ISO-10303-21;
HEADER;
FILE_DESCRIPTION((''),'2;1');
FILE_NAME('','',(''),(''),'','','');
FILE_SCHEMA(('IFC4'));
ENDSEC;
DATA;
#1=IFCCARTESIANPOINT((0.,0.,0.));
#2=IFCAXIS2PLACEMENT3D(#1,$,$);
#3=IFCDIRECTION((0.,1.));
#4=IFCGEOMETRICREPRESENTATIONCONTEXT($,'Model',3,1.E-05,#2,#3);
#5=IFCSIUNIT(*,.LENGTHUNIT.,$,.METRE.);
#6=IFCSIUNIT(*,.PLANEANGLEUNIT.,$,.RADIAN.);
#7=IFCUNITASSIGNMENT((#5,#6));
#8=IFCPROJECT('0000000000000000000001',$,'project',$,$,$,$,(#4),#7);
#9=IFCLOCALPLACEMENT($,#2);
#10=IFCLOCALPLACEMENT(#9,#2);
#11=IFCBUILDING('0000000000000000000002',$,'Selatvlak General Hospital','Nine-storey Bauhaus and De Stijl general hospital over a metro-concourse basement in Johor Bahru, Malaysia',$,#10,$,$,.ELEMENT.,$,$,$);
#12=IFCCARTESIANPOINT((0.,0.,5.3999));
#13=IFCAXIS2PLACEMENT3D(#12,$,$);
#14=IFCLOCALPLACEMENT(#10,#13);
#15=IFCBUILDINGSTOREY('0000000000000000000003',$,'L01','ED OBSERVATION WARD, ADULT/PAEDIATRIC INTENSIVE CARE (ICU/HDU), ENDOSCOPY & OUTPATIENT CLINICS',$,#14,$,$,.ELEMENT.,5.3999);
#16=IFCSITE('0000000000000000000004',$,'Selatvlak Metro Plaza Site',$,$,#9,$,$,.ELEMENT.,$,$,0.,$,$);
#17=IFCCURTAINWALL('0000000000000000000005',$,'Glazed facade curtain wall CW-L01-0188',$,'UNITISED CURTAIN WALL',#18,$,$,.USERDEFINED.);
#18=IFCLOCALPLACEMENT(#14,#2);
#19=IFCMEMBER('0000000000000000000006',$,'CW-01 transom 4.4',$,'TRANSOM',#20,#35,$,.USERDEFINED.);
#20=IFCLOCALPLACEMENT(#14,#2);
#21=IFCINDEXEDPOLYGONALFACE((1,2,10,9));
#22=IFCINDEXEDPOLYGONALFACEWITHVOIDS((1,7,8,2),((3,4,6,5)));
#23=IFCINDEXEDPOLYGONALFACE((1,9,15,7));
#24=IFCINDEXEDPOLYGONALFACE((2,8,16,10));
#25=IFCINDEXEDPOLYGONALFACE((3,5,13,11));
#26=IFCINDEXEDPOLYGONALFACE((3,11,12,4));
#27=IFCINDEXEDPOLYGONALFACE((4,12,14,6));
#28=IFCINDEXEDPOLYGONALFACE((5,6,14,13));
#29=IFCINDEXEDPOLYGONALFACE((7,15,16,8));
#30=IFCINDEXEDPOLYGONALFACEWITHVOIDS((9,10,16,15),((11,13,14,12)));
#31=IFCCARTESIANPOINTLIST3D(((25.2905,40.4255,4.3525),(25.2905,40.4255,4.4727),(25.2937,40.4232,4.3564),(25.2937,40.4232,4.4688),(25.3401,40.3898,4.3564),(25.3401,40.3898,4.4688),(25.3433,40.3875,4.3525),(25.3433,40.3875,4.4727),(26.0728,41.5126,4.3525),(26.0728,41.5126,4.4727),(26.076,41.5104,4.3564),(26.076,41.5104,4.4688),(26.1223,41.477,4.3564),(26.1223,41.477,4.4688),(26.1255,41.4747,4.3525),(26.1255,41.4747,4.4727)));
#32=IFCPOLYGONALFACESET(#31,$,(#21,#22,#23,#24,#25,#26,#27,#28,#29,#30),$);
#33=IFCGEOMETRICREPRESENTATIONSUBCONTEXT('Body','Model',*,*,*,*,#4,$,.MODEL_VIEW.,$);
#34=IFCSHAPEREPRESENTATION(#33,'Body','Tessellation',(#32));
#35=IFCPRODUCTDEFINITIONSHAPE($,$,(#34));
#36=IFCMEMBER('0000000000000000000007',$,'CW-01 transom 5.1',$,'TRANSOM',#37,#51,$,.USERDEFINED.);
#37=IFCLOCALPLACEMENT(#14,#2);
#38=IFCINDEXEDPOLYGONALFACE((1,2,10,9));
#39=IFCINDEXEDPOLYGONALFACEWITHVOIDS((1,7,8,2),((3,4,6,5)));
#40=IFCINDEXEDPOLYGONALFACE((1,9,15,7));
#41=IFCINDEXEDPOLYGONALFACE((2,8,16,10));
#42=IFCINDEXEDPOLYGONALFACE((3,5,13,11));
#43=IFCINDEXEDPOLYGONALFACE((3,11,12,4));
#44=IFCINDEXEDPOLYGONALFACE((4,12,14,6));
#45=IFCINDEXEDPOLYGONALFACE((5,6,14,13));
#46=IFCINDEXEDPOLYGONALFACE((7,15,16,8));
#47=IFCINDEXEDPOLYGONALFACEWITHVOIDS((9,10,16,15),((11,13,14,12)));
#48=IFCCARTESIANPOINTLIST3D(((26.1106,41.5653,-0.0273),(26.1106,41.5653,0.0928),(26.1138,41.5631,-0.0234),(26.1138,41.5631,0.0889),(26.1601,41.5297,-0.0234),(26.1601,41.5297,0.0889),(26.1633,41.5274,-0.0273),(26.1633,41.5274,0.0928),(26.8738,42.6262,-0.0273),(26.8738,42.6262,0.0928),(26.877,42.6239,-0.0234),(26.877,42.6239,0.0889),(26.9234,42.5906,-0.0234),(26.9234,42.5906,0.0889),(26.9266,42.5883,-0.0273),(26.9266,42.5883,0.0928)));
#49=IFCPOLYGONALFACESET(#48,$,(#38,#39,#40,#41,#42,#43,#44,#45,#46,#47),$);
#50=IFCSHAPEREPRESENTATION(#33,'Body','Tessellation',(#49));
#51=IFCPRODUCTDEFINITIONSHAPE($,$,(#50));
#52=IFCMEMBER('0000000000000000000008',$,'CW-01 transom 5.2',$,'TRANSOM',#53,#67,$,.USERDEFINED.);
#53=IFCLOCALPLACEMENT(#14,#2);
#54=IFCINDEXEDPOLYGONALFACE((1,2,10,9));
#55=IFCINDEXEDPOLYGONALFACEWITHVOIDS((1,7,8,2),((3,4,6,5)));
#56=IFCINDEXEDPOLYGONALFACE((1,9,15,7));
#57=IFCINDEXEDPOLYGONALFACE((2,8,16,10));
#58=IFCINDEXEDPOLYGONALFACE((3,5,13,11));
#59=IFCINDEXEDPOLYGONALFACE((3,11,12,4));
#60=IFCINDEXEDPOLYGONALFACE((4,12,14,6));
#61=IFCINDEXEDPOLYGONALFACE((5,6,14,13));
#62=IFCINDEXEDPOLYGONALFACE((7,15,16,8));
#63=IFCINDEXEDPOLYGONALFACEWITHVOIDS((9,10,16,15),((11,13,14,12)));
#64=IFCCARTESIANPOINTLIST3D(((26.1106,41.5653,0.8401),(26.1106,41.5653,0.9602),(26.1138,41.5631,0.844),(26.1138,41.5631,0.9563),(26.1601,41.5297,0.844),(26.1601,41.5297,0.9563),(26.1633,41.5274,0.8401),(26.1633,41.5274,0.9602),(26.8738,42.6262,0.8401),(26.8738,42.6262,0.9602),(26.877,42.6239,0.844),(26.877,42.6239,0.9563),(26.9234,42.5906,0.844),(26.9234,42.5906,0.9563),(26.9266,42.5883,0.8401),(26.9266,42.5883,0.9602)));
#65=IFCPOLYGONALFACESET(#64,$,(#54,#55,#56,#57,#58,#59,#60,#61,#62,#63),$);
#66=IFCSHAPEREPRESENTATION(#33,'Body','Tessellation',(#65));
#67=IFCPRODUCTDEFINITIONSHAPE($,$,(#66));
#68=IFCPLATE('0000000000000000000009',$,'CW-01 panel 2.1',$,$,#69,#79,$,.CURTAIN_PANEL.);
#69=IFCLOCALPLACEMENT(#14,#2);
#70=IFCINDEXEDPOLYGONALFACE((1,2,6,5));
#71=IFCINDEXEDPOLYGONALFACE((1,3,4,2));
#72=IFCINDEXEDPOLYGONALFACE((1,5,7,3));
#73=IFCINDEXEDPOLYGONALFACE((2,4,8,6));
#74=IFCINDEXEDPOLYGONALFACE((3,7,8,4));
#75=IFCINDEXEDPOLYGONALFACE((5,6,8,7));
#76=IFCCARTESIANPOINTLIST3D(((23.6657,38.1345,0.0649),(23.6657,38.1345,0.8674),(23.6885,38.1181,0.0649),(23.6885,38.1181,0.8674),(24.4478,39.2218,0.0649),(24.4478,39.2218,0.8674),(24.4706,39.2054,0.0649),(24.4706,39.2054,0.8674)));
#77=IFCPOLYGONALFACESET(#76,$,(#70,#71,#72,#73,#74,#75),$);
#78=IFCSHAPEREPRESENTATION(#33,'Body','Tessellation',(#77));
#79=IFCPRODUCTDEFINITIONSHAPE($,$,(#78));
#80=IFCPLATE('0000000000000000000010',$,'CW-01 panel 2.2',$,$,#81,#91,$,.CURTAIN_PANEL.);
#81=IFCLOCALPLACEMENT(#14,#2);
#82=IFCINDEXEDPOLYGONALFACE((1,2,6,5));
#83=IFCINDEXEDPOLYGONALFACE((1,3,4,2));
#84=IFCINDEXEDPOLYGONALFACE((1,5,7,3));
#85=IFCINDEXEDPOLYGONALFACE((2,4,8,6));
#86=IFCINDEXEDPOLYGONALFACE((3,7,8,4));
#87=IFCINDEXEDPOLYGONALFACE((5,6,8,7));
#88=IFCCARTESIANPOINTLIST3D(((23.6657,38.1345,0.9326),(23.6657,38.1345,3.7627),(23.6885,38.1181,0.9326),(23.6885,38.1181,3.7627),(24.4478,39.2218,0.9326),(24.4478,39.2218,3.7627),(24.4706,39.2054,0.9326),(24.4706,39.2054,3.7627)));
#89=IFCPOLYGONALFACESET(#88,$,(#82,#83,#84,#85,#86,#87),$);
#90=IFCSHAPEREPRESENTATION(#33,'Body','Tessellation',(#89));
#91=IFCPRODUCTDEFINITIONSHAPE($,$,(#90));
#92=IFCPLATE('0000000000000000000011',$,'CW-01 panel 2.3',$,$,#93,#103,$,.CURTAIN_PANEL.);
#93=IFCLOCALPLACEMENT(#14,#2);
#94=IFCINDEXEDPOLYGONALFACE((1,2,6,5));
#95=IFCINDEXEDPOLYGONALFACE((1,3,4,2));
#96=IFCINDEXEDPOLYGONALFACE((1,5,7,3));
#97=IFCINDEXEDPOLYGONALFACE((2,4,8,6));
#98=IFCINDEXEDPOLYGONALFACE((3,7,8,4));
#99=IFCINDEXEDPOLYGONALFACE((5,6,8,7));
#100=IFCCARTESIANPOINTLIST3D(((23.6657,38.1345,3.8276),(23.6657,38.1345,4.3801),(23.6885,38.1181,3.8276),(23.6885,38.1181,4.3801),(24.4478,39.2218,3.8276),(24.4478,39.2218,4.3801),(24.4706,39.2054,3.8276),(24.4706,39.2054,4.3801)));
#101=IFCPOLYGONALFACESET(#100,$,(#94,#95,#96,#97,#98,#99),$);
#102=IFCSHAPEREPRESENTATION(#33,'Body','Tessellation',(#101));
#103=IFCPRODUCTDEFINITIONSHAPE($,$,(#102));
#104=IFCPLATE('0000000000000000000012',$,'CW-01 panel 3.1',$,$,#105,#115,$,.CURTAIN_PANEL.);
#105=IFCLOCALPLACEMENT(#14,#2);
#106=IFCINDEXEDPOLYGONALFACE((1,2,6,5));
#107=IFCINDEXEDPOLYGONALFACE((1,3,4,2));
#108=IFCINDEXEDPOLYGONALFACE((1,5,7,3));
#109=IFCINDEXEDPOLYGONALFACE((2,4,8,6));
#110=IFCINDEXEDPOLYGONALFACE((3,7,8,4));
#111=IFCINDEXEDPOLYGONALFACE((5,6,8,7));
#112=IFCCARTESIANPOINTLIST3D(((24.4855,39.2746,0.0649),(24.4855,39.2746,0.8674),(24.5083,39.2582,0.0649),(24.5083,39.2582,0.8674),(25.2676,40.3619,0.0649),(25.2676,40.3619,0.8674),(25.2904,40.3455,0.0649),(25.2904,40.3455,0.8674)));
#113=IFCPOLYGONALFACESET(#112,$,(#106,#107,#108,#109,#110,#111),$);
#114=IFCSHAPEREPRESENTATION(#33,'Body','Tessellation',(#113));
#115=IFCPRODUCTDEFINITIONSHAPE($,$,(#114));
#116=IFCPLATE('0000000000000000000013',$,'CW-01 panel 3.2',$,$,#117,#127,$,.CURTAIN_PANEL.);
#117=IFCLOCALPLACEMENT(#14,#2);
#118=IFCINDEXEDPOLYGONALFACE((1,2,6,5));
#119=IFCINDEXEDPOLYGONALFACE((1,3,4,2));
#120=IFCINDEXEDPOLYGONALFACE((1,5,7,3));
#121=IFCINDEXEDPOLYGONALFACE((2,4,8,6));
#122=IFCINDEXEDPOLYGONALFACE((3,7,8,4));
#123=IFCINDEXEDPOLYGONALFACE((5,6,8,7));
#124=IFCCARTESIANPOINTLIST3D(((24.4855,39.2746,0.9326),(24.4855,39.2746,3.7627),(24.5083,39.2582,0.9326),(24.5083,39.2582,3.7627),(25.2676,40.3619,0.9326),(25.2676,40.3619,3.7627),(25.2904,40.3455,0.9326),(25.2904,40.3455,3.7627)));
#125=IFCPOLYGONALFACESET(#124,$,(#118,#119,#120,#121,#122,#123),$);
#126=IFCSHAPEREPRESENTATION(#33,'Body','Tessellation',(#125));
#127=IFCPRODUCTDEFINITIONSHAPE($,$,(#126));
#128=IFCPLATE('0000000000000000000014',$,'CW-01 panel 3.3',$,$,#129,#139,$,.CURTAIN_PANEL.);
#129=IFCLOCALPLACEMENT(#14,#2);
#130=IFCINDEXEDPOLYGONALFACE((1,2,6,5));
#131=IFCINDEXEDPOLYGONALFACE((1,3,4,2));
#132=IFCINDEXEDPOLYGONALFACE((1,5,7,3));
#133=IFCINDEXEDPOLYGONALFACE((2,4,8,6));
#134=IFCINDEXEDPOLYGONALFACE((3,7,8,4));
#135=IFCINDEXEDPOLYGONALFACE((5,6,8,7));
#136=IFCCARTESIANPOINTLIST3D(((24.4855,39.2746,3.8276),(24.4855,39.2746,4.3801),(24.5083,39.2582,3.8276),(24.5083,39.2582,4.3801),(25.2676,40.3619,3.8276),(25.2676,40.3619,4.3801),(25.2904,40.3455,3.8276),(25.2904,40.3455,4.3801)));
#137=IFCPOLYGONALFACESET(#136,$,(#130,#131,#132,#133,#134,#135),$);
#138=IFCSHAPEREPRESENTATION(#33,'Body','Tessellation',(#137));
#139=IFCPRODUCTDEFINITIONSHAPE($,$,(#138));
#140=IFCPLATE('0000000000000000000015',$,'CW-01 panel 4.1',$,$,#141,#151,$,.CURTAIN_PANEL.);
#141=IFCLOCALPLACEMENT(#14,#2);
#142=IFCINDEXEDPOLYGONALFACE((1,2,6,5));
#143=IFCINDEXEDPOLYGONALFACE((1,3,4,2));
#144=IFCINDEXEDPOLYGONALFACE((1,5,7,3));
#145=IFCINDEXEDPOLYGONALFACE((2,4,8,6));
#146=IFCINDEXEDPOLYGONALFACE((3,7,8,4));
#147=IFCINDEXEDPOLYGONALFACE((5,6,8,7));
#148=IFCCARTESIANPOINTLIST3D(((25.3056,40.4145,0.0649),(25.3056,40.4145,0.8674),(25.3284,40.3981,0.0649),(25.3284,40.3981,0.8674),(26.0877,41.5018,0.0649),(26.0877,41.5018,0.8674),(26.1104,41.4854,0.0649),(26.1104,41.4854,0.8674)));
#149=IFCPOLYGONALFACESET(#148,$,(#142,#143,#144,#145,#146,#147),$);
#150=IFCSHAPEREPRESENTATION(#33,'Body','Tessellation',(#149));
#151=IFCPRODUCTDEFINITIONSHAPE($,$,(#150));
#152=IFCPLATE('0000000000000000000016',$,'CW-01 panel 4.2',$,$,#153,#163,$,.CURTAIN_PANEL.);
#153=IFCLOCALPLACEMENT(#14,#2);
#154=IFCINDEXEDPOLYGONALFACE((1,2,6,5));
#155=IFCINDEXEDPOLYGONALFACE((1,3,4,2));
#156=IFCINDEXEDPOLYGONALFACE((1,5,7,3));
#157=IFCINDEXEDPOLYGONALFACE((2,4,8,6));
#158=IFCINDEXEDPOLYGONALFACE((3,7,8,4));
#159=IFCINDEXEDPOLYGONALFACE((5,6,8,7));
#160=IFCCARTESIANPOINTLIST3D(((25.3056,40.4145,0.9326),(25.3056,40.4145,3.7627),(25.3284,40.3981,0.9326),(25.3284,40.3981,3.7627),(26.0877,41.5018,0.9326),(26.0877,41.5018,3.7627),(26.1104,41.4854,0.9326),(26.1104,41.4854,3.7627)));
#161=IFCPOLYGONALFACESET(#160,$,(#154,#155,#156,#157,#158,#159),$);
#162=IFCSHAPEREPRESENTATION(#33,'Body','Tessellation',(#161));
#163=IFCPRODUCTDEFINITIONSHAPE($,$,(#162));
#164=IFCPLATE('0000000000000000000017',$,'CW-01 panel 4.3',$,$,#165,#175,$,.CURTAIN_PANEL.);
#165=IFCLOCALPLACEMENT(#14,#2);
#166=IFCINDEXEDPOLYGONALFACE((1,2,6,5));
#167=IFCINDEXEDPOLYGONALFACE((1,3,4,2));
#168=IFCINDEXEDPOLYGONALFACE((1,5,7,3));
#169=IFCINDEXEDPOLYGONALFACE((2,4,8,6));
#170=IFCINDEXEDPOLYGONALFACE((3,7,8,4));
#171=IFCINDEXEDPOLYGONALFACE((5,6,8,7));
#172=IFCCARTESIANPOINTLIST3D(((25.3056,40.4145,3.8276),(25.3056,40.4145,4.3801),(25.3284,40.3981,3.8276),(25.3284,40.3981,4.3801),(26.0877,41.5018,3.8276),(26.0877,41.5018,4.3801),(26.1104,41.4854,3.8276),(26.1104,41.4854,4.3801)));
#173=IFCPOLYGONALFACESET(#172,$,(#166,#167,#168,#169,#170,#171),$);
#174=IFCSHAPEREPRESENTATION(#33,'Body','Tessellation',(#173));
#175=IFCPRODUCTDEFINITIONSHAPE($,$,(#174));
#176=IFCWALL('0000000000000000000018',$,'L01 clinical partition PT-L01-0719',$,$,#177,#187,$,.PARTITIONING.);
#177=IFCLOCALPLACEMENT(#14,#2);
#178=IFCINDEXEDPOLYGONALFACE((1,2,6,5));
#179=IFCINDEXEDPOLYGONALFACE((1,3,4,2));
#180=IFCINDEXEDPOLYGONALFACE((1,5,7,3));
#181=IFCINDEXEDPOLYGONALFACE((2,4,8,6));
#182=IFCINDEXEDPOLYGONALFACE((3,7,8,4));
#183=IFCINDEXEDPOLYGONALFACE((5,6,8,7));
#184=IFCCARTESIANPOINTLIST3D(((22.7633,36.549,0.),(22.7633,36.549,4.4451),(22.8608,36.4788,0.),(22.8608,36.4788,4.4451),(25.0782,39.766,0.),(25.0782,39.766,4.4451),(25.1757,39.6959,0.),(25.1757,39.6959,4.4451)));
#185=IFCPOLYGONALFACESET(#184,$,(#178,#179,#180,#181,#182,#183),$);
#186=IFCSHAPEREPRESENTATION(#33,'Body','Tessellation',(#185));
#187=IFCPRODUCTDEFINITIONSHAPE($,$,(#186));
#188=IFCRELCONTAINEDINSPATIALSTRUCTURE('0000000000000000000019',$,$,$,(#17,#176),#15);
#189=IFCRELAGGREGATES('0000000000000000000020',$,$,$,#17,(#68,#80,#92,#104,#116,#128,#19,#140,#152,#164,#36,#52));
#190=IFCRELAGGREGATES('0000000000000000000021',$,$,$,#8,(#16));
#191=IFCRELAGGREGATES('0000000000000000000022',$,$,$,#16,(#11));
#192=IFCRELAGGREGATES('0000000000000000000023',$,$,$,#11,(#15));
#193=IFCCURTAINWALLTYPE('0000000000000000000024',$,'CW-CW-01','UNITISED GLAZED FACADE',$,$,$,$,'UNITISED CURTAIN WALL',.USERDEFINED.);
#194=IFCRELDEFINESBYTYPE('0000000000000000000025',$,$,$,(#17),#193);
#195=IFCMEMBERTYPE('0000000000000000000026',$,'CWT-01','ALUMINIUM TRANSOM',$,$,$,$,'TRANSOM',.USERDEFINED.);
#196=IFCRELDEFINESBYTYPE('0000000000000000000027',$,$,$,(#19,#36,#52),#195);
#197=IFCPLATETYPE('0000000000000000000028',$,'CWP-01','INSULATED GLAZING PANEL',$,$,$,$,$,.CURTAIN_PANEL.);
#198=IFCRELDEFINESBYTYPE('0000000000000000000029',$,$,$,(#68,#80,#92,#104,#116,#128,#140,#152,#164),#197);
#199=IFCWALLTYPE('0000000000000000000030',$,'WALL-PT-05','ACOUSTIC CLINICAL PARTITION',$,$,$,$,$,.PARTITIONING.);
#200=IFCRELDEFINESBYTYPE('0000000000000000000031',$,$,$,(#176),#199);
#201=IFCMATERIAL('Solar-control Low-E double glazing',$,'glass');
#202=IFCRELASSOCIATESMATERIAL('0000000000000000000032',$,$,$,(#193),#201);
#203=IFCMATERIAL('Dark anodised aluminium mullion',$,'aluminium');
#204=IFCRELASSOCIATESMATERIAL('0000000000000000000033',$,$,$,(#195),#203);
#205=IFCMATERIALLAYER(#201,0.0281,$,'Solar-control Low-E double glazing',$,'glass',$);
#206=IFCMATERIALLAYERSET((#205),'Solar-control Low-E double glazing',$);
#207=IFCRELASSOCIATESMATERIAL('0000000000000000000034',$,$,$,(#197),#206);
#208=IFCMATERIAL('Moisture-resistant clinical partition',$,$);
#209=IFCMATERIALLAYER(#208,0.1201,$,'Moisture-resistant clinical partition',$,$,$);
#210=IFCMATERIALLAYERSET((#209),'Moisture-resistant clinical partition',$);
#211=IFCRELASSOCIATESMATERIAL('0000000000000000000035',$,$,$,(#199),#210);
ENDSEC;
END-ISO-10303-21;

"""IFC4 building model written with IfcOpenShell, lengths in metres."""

from ifc_helpers import new_model, si_unit, direction, frame, frame_2d, origin, origin_2d, place, context, subcontext, project, spatial, rectangle, hollow_rectangle, extrude, material, layer, layer_set, material_profile, profile_set, type_object, element, aggregate, save


model = new_model("IFC4")

# Units and contexts
model_context = context("Model", 3, precision=1e-05, world=origin(), true_north=direction((0.0, 1.0)))
body_context = subcontext(model_context, "Body", "Model", "MODEL_VIEW")
ifc_project = project(units=[si_unit("LENGTHUNIT", "METRE"), si_unit("PLANEANGLEUNIT", "RADIAN")], contexts=[model_context])

# Site, building, storey
site_placement = place(None, origin())
site = spatial("IfcSite", under=ifc_project, at=site_placement, Name="Selatvlak Metro Plaza Site", CompositionType="ELEMENT", RefElevation=0.0)
building_placement = place(site_placement, origin())
building = spatial("IfcBuilding", under=site, at=building_placement, Name="Selatvlak General Hospital", Description="Nine-storey Bauhaus and De Stijl general hospital over a metro-concourse basement in Johor Bahru, Malaysia", CompositionType="ELEMENT")
storey_placement = place(building_placement, frame((0.0, 0.0, 5.3999)))
storey = spatial("IfcBuildingStorey", under=building, at=storey_placement, Name="L01", Description="ED OBSERVATION WARD, ADULT/PAEDIATRIC INTENSIVE CARE (ICU/HDU), ENDOSCOPY & OUTPATIENT CLINICS", CompositionType="ELEMENT", Elevation=5.3999)

# Curtain wall, members, plates
ifc_material_1 = material(Name="Solar-control Low-E double glazing", Category="glass")
curtain_wall_type = type_object("IfcCurtainWallType", Name="CW-CW-01", Description="UNITISED GLAZED FACADE", ElementType="UNITISED CURTAIN WALL", PredefinedType="USERDEFINED", material=ifc_material_1)
curtain_wall_placement = place(storey_placement, origin())
curtain_wall = element("IfcCurtainWall", 1, at=curtain_wall_placement, inside=storey, type_object=curtain_wall_type, Name="Glazed facade curtain wall CW-L01-0188", ObjectType="UNITISED CURTAIN WALL", PredefinedType="USERDEFINED")
ifc_material_2 = material(Name="Dark anodised aluminium mullion", Category="aluminium")
ifc_material_profile_1 = material_profile(ifc_material_2, hollow_rectangle(XDim=0.0649, YDim=0.1201, WallThickness=0.0039, at=origin_2d()), Name="AL-TRN 65x120x4")
ifc_profile_set_1 = profile_set([ifc_material_profile_1], Name="Dark anodised aluminium mullion")
member_type_1 = type_object("IfcMemberType", Name="CWT-01", Description="ALUMINIUM TRANSOM", ElementType="TRANSOM", PredefinedType="USERDEFINED", material=ifc_profile_set_1)
member_1_placement = place(storey_placement, frame((25.3169, 40.4065, 4.4126), z_axis=(0.584045, 0.811721, 0.0), x_axis=(-0.811721, 0.584045, 0.0)))
member_1 = element("IfcMember", 2, at=member_1_placement, type_object=member_type_1, Name="CW-01 transom 4.4", ObjectType="TRANSOM", PredefinedType="USERDEFINED", context=body_context, shape_type="SweptSolid", body=[
    extrude(hollow_rectangle(XDim=0.0649, YDim=0.1201, WallThickness=0.0039, at=origin_2d()), origin(), (0.0, 0.0, 1.0), 1.3394),
])
member_2_placement = place(storey_placement, frame((26.137, 41.5464, 0.0327), z_axis=(0.584009, 0.811747, 0.0), x_axis=(-0.811747, 0.584009, 0.0)))
member_2 = element("IfcMember", 3, at=member_2_placement, type_object=member_type_1, Name="CW-01 transom 5.1", ObjectType="TRANSOM", PredefinedType="USERDEFINED", context=body_context, shape_type="SweptSolid", body=[
    extrude(hollow_rectangle(XDim=0.0649, YDim=0.1201, WallThickness=0.0039, at=origin_2d()), origin(), (0.0, 0.0, 1.0), 1.3069),
])
member_3_placement = place(storey_placement, frame((26.137, 41.5464, 0.9001), z_axis=(0.584009, 0.811747, 0.0), x_axis=(-0.811747, 0.584009, 0.0)))
member_3 = element("IfcMember", 4, at=member_3_placement, type_object=member_type_1, Name="CW-01 transom 5.2", ObjectType="TRANSOM", PredefinedType="USERDEFINED", context=body_context, shape_type="SweptSolid", body=[
    extrude(hollow_rectangle(XDim=0.0649, YDim=0.1201, WallThickness=0.0039, at=origin_2d()), origin(), (0.0, 0.0, 1.0), 1.3069),
])
ifc_layer_1 = layer(ifc_material_1, 0.0281, Name="Solar-control Low-E double glazing", Category="glass")
ifc_layer_set_1 = layer_set([ifc_layer_1], Name="Solar-control Low-E double glazing")
plate_type = type_object("IfcPlateType", Name="CWP-01", Description="INSULATED GLAZING PANEL", PredefinedType="CURTAIN_PANEL", material=ifc_layer_set_1)
plate_1_placement = place(storey_placement, frame((24.0681, 38.6699, 0.0649), z_axis=(0.0, 0.0, 1.0), x_axis=(0.583929, 0.811804, 0.0)))
plate_1 = element("IfcPlate", 5, at=plate_1_placement, type_object=plate_type, Name="CW-01 panel 2.1", PredefinedType="CURTAIN_PANEL", context=body_context, shape_type="SweptSolid", body=[
    extrude(rectangle(XDim=1.3394, YDim=0.0281, at=origin_2d()), origin(), (0.0, 0.0, 1.0), 0.8025),
])
plate_2_placement = place(storey_placement, frame((24.0681, 38.6699, 0.9326), z_axis=(0.0, 0.0, 1.0), x_axis=(0.583929, 0.811804, 0.0)))
plate_2 = element("IfcPlate", 6, at=plate_2_placement, type_object=plate_type, Name="CW-01 panel 2.2", PredefinedType="CURTAIN_PANEL", context=body_context, shape_type="SweptSolid", body=[
    extrude(rectangle(XDim=1.3394, YDim=0.0281, at=origin_2d()), origin(), (0.0, 0.0, 1.0), 2.8301),
])
plate_3_placement = place(storey_placement, frame((24.0681, 38.6699, 3.8276), z_axis=(0.0, 0.0, 1.0), x_axis=(0.583929, 0.811804, 0.0)))
plate_3 = element("IfcPlate", 7, at=plate_3_placement, type_object=plate_type, Name="CW-01 panel 2.3", PredefinedType="CURTAIN_PANEL", context=body_context, shape_type="SweptSolid", body=[
    extrude(rectangle(XDim=1.3394, YDim=0.0281, at=origin_2d()), origin(), (0.0, 0.0, 1.0), 0.5525),
])
plate_4_placement = place(storey_placement, frame((24.8879, 39.8101, 0.0649), z_axis=(0.0, 0.0, 1.0), x_axis=(0.583929, 0.811804, 0.0)))
plate_4 = element("IfcPlate", 8, at=plate_4_placement, type_object=plate_type, Name="CW-01 panel 3.1", PredefinedType="CURTAIN_PANEL", context=body_context, shape_type="SweptSolid", body=[
    extrude(rectangle(XDim=1.3394, YDim=0.0281, at=origin_2d()), origin(), (0.0, 0.0, 1.0), 0.8025),
])
plate_5_placement = place(storey_placement, frame((24.8879, 39.8101, 0.9326), z_axis=(0.0, 0.0, 1.0), x_axis=(0.583929, 0.811804, 0.0)))
plate_5 = element("IfcPlate", 9, at=plate_5_placement, type_object=plate_type, Name="CW-01 panel 3.2", PredefinedType="CURTAIN_PANEL", context=body_context, shape_type="SweptSolid", body=[
    extrude(rectangle(XDim=1.3394, YDim=0.0281, at=origin_2d()), origin(), (0.0, 0.0, 1.0), 2.8301),
])
plate_6_placement = place(storey_placement, frame((24.8879, 39.8101, 3.8276), z_axis=(0.0, 0.0, 1.0), x_axis=(0.583929, 0.811804, 0.0)))
plate_6 = element("IfcPlate", 10, at=plate_6_placement, type_object=plate_type, Name="CW-01 panel 3.3", PredefinedType="CURTAIN_PANEL", context=body_context, shape_type="SweptSolid", body=[
    extrude(rectangle(XDim=1.3394, YDim=0.0281, at=origin_2d()), origin(), (0.0, 0.0, 1.0), 0.5525),
])
plate_7_placement = place(storey_placement, frame((25.708, 40.95, 0.0649), z_axis=(0.0, 0.0, 1.0), x_axis=(0.583929, 0.811804, 0.0)))
plate_7 = element("IfcPlate", 11, at=plate_7_placement, type_object=plate_type, Name="CW-01 panel 4.1", PredefinedType="CURTAIN_PANEL", context=body_context, shape_type="SweptSolid", body=[
    extrude(rectangle(XDim=1.3394, YDim=0.0281, at=origin_2d()), origin(), (0.0, 0.0, 1.0), 0.8025),
])
plate_8_placement = place(storey_placement, frame((25.708, 40.95, 0.9326), z_axis=(0.0, 0.0, 1.0), x_axis=(0.583929, 0.811804, 0.0)))
plate_8 = element("IfcPlate", 12, at=plate_8_placement, type_object=plate_type, Name="CW-01 panel 4.2", PredefinedType="CURTAIN_PANEL", context=body_context, shape_type="SweptSolid", body=[
    extrude(rectangle(XDim=1.3394, YDim=0.0281, at=origin_2d()), origin(), (0.0, 0.0, 1.0), 2.8301),
])
plate_9_placement = place(storey_placement, frame((25.708, 40.95, 3.8276), z_axis=(0.0, 0.0, 1.0), x_axis=(0.583929, 0.811804, 0.0)))
plate_9 = element("IfcPlate", 13, at=plate_9_placement, type_object=plate_type, Name="CW-01 panel 4.3", PredefinedType="CURTAIN_PANEL", context=body_context, shape_type="SweptSolid", body=[
    extrude(rectangle(XDim=1.3394, YDim=0.0281, at=origin_2d()), origin(), (0.0, 0.0, 1.0), 0.5525),
])
aggregate(curtain_wall, [plate_1, plate_2, plate_3, plate_4, plate_5, plate_6, member_1, plate_7, plate_8, plate_9, member_2, member_3])

# Wall
ifc_material_3 = material(Name="Moisture-resistant clinical partition")
ifc_layer_2 = layer(ifc_material_3, 0.1201, Name="Moisture-resistant clinical partition")
ifc_layer_set_2 = layer_set([ifc_layer_2], Name="Moisture-resistant clinical partition")
wall_type = type_object("IfcWallType", Name="WALL-PT-05", Description="ACOUSTIC CLINICAL PARTITION", PredefinedType="PARTITIONING", material=ifc_layer_set_2)
wall_placement = place(storey_placement, frame((25.127, 39.731, 0.0), z_axis=(0.0, 0.0, 1.0), x_axis=(-0.584084, -0.811693, 0.0)))
element("IfcWall", 14, at=wall_placement, inside=storey, type_object=wall_type, Name="L01 clinical partition PT-L01-0719", PredefinedType="PARTITIONING", context=body_context, shape_type="SweptSolid", body=[
    extrude(rectangle(XDim=3.9634, YDim=0.1201, at=frame_2d((1.9817, 0.0))), origin(), (0.0, 0.0, 1.0), 4.4451),
])

save(model, "model.ifc")
